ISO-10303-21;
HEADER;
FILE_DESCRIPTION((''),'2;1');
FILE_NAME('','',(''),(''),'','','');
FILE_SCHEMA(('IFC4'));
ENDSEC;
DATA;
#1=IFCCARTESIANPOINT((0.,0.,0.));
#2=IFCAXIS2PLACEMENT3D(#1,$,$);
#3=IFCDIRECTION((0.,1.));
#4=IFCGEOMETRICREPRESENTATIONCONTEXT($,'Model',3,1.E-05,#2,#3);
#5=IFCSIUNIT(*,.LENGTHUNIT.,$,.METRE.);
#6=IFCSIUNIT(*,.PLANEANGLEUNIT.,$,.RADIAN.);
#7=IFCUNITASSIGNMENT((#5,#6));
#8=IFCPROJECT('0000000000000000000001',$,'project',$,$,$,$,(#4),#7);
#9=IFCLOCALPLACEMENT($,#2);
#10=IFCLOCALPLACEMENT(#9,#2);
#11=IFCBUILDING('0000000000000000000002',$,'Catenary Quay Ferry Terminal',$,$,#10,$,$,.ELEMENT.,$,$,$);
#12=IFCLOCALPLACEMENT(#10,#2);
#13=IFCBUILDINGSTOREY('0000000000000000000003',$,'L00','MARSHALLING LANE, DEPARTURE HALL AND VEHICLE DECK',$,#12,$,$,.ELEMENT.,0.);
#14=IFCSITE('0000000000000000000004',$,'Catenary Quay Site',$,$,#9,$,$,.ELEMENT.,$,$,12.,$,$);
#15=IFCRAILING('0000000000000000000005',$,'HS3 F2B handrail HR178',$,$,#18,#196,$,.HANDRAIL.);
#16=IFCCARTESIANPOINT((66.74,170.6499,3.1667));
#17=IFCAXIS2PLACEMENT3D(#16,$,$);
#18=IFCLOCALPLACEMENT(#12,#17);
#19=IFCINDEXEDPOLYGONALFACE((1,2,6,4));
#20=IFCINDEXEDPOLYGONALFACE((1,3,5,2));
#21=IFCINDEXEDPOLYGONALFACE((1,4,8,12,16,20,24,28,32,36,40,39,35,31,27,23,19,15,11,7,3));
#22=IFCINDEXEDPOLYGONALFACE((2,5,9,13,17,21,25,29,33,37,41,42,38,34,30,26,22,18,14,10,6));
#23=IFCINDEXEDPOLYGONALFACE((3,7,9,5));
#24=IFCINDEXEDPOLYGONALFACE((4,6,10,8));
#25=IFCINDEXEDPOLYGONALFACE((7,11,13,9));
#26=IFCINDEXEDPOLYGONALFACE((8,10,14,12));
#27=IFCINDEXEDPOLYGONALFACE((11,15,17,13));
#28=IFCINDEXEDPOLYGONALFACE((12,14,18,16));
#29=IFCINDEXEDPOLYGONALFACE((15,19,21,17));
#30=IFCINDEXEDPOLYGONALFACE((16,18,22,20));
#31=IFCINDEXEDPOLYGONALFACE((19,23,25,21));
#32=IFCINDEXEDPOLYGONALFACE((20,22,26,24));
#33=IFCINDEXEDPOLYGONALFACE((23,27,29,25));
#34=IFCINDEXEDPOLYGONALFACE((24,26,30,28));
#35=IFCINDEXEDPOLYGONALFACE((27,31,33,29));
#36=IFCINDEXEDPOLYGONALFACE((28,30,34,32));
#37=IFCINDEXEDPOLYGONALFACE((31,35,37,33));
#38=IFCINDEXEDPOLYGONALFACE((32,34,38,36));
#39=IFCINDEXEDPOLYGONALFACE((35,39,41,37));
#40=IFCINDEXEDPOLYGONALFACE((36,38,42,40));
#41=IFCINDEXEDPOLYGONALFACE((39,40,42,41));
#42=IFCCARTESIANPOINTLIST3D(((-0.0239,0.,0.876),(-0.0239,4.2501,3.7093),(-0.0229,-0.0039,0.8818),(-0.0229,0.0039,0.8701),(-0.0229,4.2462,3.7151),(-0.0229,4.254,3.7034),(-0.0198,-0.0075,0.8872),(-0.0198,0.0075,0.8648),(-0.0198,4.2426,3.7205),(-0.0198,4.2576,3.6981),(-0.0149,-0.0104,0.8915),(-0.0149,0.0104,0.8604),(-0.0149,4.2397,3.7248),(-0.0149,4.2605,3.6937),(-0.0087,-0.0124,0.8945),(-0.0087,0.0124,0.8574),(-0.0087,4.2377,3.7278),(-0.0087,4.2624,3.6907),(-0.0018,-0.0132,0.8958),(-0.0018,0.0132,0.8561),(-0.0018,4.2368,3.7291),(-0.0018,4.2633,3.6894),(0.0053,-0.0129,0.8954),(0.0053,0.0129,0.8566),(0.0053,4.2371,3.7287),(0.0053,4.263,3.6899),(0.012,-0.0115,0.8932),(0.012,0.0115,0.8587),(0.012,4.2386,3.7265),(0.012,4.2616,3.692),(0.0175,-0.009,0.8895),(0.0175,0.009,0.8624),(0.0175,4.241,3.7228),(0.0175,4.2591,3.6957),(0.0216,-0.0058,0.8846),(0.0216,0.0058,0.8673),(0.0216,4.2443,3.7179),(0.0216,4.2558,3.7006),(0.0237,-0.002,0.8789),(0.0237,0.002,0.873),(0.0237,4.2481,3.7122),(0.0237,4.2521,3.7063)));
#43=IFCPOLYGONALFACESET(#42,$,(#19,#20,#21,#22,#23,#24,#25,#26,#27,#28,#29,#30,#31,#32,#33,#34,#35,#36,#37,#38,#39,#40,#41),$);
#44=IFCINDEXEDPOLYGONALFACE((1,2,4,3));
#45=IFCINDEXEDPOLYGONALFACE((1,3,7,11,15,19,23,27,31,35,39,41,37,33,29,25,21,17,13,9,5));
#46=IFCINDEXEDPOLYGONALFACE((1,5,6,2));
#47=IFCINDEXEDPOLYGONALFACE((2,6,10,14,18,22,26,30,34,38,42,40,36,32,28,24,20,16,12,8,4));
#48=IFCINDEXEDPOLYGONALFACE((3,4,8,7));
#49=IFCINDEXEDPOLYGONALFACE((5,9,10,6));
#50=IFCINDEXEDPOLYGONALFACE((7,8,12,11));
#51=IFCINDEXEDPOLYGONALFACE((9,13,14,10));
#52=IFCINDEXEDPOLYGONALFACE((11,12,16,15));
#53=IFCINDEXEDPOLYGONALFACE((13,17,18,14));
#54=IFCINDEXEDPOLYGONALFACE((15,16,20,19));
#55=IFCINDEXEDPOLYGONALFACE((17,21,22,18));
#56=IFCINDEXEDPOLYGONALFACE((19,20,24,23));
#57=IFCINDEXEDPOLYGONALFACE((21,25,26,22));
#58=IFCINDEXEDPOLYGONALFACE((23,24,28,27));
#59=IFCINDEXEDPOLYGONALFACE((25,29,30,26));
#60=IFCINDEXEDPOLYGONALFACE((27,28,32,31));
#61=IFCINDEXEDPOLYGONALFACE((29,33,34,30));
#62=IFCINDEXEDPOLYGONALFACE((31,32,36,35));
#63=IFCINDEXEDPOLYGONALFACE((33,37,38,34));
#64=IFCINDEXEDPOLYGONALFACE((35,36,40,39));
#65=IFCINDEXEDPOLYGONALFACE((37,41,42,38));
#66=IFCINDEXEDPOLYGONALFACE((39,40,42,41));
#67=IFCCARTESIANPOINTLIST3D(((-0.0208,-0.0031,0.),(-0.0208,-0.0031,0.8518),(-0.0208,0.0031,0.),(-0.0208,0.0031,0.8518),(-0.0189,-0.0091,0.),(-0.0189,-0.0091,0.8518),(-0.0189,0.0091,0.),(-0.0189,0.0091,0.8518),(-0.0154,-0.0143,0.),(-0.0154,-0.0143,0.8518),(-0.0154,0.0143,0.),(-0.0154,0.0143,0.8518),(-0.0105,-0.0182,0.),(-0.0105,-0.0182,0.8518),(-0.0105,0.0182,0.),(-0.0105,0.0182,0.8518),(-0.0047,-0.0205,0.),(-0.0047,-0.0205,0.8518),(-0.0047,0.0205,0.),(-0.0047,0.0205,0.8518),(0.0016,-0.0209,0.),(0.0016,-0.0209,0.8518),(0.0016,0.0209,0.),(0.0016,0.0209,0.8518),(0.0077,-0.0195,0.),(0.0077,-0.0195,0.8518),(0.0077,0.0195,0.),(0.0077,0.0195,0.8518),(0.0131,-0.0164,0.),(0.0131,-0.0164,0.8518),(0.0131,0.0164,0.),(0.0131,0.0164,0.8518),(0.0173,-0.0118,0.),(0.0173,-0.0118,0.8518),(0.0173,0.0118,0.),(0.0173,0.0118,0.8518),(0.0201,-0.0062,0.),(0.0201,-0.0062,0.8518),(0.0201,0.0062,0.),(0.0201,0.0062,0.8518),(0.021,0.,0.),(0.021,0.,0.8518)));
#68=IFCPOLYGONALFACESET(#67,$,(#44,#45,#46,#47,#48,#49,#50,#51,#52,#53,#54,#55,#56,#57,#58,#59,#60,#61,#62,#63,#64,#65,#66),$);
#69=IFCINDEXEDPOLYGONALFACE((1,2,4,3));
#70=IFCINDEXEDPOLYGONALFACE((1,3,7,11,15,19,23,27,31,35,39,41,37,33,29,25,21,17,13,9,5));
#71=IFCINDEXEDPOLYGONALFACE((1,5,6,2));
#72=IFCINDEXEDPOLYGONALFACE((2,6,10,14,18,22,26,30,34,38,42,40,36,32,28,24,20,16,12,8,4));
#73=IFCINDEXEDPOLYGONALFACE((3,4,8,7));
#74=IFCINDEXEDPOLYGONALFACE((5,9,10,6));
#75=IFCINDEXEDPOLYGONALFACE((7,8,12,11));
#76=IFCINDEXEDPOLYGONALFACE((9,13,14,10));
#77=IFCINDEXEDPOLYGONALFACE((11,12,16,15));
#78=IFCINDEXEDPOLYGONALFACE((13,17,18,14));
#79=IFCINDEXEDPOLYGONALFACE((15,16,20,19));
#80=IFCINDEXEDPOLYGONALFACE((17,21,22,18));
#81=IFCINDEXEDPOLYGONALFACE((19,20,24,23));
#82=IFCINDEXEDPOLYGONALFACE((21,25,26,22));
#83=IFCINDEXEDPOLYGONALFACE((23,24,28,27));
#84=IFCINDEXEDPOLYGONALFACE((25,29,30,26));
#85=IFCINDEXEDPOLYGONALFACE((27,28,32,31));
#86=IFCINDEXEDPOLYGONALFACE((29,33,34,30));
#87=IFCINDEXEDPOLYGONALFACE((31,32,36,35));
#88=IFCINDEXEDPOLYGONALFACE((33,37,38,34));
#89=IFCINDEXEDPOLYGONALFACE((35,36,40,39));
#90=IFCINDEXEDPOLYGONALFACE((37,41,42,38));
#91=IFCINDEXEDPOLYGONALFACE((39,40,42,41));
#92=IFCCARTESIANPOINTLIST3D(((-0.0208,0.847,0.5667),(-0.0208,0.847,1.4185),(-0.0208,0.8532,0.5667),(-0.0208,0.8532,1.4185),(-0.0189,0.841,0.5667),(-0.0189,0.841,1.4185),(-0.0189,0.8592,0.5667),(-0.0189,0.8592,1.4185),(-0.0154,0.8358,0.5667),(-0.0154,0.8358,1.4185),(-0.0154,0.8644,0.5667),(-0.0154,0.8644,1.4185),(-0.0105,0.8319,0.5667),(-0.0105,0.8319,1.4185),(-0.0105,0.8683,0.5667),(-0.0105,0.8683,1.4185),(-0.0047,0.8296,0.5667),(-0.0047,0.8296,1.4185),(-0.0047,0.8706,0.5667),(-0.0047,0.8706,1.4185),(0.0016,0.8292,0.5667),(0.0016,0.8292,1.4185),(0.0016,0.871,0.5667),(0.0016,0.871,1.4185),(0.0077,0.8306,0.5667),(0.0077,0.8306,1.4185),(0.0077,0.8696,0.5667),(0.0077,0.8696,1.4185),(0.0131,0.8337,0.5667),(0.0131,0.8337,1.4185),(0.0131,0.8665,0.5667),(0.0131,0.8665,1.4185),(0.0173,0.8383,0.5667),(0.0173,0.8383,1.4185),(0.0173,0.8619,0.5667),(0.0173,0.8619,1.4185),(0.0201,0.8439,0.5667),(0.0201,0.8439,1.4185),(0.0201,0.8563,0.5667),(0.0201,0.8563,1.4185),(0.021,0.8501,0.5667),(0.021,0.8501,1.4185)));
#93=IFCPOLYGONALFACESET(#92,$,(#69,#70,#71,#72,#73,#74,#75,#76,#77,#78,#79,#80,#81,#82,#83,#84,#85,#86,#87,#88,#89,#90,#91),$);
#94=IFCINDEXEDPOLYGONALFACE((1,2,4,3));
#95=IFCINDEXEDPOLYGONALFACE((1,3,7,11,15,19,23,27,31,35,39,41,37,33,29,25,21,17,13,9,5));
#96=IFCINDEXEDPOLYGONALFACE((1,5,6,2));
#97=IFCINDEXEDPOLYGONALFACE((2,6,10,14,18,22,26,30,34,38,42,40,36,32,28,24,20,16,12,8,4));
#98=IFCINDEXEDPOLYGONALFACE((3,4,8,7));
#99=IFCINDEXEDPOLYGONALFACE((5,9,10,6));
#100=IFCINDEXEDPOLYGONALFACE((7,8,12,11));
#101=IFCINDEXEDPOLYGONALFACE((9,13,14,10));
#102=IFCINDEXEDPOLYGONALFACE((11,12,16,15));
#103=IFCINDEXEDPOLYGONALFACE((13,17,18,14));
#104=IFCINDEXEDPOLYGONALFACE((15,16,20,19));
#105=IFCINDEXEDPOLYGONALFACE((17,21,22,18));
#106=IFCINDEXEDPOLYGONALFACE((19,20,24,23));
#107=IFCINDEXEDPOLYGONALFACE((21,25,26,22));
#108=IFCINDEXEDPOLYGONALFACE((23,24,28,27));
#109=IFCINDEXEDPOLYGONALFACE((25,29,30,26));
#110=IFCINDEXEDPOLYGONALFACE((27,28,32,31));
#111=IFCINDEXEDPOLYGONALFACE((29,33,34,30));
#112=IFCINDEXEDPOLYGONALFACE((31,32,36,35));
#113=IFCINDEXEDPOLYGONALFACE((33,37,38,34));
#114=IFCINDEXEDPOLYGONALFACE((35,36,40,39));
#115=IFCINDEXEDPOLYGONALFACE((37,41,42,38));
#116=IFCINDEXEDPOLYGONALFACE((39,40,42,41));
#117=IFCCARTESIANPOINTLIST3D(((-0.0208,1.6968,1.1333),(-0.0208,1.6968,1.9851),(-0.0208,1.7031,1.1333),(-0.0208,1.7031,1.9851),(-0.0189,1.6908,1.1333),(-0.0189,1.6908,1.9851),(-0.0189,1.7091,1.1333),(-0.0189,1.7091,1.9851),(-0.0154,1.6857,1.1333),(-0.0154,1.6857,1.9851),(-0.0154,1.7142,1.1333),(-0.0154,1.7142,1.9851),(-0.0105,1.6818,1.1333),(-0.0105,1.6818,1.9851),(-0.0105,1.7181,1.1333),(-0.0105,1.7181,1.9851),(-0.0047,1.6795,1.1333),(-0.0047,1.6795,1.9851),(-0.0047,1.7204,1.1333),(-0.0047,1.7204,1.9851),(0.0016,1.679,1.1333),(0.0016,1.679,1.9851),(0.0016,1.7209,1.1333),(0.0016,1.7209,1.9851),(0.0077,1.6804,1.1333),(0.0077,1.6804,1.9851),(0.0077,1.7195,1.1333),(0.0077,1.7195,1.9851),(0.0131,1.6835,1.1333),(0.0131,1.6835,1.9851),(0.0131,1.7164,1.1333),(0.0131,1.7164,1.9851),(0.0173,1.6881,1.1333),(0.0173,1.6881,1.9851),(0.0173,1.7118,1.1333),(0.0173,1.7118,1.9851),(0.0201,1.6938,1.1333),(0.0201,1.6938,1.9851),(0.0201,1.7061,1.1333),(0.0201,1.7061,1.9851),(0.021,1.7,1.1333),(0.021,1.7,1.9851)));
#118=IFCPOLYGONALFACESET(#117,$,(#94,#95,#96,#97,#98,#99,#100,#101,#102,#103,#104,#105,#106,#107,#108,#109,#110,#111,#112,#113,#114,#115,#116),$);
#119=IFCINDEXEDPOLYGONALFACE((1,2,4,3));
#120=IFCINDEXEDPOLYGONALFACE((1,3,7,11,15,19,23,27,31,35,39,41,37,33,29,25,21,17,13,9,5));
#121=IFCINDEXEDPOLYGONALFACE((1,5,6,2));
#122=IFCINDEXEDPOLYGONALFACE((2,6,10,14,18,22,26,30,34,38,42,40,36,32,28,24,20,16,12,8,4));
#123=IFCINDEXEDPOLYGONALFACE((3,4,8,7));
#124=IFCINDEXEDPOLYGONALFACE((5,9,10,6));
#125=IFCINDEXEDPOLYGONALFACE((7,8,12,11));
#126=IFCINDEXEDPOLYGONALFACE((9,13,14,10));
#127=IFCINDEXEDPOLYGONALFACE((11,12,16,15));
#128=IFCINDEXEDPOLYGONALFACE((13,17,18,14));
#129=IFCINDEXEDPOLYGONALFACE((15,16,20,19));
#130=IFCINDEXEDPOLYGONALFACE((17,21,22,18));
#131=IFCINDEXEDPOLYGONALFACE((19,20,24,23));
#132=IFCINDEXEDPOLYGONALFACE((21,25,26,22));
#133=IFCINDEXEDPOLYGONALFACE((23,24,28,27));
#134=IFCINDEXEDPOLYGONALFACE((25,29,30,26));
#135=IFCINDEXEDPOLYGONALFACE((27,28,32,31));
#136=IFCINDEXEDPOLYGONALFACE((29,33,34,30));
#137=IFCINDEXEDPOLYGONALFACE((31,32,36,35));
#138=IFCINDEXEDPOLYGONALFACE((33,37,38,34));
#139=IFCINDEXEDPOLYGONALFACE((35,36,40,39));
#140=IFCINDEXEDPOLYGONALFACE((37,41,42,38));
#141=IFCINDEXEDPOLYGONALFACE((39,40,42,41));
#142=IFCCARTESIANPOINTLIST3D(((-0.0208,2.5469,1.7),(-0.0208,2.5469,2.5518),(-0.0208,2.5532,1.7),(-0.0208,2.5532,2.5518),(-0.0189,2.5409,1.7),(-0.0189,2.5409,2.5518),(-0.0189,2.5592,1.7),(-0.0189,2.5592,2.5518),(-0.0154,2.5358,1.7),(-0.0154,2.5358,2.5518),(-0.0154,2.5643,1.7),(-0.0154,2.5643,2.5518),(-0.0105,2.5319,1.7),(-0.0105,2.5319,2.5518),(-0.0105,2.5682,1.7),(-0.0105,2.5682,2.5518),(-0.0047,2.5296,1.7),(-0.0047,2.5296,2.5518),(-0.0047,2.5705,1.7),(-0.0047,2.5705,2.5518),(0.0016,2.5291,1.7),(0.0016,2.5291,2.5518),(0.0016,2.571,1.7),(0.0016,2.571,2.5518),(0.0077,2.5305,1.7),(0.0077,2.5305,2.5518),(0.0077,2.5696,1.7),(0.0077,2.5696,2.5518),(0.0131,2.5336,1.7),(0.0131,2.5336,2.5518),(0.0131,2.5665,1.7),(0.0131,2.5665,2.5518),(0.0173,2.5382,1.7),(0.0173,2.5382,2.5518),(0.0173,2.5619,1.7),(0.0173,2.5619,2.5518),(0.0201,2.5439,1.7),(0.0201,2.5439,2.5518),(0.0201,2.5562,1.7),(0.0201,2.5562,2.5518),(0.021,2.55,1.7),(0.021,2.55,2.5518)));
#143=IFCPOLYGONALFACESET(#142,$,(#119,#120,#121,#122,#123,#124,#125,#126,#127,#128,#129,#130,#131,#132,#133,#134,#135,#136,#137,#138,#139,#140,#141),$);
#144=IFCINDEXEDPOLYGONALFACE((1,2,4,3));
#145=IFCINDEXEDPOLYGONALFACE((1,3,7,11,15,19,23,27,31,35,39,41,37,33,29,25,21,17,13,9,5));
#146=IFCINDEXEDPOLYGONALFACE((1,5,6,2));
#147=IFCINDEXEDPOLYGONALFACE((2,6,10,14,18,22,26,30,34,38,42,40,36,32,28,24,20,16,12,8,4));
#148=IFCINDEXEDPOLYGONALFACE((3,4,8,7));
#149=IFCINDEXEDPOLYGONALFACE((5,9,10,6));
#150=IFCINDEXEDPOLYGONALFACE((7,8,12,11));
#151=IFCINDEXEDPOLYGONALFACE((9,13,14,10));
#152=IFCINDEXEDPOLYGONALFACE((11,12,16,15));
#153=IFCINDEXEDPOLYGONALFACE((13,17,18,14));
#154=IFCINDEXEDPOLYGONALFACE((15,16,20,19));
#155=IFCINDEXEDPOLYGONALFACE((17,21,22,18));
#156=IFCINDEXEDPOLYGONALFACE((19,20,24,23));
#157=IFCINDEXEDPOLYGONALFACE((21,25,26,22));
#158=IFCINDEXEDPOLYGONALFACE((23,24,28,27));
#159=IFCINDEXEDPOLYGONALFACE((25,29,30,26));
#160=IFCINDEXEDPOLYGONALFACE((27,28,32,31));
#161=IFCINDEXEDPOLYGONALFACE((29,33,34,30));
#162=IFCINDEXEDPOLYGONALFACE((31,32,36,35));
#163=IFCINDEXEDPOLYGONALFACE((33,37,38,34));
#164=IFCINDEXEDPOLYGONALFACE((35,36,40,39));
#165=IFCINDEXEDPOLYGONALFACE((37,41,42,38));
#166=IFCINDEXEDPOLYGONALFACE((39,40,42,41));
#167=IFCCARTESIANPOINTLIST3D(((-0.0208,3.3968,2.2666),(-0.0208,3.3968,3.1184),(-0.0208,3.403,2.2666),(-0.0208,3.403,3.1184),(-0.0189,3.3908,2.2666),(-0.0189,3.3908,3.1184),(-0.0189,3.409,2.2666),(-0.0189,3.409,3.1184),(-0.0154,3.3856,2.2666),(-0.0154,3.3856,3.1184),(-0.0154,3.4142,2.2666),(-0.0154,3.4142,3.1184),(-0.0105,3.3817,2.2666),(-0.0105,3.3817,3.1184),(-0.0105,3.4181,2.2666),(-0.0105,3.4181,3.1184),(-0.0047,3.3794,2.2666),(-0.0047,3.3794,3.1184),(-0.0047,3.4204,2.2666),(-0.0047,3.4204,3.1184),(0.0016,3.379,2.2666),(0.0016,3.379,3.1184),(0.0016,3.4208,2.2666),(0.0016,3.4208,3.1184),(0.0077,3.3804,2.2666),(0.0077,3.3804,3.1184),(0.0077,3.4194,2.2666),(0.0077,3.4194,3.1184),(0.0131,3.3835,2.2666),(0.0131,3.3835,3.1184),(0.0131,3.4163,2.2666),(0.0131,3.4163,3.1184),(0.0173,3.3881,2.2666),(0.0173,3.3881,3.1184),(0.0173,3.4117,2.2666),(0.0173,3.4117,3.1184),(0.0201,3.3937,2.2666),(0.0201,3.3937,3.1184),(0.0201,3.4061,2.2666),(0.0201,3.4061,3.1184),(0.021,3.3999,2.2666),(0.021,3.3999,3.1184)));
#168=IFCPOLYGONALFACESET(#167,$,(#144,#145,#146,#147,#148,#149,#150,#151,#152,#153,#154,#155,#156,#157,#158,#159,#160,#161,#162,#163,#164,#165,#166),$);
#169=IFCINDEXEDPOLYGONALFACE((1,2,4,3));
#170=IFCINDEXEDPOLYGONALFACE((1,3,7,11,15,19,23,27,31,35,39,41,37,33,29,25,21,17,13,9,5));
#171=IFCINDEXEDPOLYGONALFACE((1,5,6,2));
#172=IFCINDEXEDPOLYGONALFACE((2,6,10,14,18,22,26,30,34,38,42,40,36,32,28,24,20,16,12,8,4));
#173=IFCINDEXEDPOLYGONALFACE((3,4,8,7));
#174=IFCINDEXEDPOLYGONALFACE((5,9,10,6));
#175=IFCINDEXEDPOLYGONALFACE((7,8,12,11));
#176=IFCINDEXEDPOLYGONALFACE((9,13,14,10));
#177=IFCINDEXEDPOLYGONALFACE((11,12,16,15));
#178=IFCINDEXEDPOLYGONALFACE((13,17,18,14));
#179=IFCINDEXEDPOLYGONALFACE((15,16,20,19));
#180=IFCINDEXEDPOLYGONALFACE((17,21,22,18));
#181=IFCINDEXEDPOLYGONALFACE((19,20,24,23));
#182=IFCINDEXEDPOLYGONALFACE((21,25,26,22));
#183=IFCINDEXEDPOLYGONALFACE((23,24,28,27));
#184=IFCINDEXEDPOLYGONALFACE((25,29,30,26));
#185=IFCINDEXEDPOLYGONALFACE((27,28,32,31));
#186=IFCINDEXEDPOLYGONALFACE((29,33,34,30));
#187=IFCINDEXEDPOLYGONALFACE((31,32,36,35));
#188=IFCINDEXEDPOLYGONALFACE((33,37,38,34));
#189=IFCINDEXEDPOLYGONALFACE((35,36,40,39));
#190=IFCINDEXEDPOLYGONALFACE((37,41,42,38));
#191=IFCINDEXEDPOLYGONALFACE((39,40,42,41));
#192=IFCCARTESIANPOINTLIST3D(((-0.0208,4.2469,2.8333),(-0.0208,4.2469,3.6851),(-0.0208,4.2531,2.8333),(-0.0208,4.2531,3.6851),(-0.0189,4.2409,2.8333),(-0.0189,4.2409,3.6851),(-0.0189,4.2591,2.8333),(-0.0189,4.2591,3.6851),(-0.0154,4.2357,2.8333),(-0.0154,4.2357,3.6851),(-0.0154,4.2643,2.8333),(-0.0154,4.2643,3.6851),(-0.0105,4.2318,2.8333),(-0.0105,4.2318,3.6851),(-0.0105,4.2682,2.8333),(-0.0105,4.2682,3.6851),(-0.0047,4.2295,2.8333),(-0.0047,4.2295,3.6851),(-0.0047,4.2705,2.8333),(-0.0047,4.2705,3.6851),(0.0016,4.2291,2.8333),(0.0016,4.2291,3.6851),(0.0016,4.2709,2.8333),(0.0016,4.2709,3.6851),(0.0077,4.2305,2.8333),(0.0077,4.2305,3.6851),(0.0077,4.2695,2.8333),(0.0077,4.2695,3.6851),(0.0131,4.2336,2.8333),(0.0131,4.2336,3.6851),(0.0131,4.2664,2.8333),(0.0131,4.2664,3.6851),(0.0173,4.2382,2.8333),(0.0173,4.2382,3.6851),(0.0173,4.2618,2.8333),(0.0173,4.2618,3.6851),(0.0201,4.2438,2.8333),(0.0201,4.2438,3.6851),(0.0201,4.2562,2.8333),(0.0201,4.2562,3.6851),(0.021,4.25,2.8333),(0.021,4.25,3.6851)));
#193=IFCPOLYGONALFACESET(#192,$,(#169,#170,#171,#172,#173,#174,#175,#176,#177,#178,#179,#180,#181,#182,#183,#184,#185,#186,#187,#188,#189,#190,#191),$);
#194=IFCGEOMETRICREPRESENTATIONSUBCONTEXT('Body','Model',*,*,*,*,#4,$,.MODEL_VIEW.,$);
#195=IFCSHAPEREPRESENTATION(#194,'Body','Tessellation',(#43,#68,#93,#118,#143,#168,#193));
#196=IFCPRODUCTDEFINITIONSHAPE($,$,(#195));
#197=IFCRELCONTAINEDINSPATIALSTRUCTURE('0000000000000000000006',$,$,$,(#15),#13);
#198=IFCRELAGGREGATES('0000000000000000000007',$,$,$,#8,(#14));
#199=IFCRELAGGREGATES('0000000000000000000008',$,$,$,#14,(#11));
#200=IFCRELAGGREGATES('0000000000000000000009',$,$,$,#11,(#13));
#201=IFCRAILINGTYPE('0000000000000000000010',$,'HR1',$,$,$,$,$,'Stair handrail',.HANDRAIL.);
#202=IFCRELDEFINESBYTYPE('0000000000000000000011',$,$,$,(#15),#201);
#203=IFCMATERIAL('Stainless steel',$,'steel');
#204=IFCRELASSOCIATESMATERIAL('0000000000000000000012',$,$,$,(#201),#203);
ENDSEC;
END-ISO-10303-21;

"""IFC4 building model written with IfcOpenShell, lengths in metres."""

from ifc_helpers import new_model, si_unit, direction, frame, origin, origin_2d, place, context, subcontext, project, spatial, circle, extrude, material, type_object, element, save


model = new_model("IFC4")

# Units and contexts
model_context = context("Model", 3, precision=1e-05, world=origin(), true_north=direction((0.0, 1.0)))
body_context = subcontext(model_context, "Body", "Model", "MODEL_VIEW")
ifc_project = project(units=[si_unit("LENGTHUNIT", "METRE"), si_unit("PLANEANGLEUNIT", "RADIAN")], contexts=[model_context])

# Site, building, storey
site_placement = place(None, origin())
site = spatial("IfcSite", under=ifc_project, at=site_placement, Name="Catenary Quay Site", CompositionType="ELEMENT", RefElevation=12.0)
building_placement = place(site_placement, origin())
building = spatial("IfcBuilding", under=site, at=building_placement, Name="Catenary Quay Ferry Terminal", CompositionType="ELEMENT")
storey_placement = place(building_placement, origin())
storey = spatial("IfcBuildingStorey", under=building, at=storey_placement, Name="L00", Description="MARSHALLING LANE, DEPARTURE HALL AND VEHICLE DECK", CompositionType="ELEMENT", Elevation=0.0)

# Railing
ifc_material_1 = material(Name="Stainless steel", Category="steel")
railing_type_1 = type_object("IfcRailingType", Name="HR1", ElementType="Stair handrail", PredefinedType="HANDRAIL", material=ifc_material_1)
for number, where, name in (
    (1, (66.74, 170.6499, 3.1667), "HS3 F2B handrail HR178"),
):
    element("IfcRailing", number, at=place(storey_placement, frame(where)), inside=storey, type_object=railing_type_1, Name=name, PredefinedType="HANDRAIL", context=body_context, shape_type="SweptSolid", body=[
        extrude(circle(Radius=0.0239, at=origin_2d()), frame((0.0, 0.0, 0.876), z_axis=(0.0, 0.832058, 0.554689), x_axis=(-1.0, 0.0, 0.0)), (0.0, 0.0, 1.0), 5.1079),
        extrude(circle(Radius=0.021, at=origin_2d()), origin(), (0.0, 0.0, 1.0), 0.8518),
        extrude(circle(Radius=0.021, at=origin_2d()), frame((0.0, 0.8501, 0.5667)), (0.0, 0.0, 1.0), 0.8518),
        extrude(circle(Radius=0.021, at=origin_2d()), frame((0.0, 1.7, 1.1333)), (0.0, 0.0, 1.0), 0.8518),
        extrude(circle(Radius=0.021, at=origin_2d()), frame((0.0, 2.55, 1.7)), (0.0, 0.0, 1.0), 0.8518),
        extrude(circle(Radius=0.021, at=origin_2d()), frame((0.0, 3.3999, 2.2666)), (0.0, 0.0, 1.0), 0.8518),
        extrude(circle(Radius=0.021, at=origin_2d()), frame((0.0, 4.25, 2.8333)), (0.0, 0.0, 1.0), 0.8518),
    ])

save(model, "model.ifc")
